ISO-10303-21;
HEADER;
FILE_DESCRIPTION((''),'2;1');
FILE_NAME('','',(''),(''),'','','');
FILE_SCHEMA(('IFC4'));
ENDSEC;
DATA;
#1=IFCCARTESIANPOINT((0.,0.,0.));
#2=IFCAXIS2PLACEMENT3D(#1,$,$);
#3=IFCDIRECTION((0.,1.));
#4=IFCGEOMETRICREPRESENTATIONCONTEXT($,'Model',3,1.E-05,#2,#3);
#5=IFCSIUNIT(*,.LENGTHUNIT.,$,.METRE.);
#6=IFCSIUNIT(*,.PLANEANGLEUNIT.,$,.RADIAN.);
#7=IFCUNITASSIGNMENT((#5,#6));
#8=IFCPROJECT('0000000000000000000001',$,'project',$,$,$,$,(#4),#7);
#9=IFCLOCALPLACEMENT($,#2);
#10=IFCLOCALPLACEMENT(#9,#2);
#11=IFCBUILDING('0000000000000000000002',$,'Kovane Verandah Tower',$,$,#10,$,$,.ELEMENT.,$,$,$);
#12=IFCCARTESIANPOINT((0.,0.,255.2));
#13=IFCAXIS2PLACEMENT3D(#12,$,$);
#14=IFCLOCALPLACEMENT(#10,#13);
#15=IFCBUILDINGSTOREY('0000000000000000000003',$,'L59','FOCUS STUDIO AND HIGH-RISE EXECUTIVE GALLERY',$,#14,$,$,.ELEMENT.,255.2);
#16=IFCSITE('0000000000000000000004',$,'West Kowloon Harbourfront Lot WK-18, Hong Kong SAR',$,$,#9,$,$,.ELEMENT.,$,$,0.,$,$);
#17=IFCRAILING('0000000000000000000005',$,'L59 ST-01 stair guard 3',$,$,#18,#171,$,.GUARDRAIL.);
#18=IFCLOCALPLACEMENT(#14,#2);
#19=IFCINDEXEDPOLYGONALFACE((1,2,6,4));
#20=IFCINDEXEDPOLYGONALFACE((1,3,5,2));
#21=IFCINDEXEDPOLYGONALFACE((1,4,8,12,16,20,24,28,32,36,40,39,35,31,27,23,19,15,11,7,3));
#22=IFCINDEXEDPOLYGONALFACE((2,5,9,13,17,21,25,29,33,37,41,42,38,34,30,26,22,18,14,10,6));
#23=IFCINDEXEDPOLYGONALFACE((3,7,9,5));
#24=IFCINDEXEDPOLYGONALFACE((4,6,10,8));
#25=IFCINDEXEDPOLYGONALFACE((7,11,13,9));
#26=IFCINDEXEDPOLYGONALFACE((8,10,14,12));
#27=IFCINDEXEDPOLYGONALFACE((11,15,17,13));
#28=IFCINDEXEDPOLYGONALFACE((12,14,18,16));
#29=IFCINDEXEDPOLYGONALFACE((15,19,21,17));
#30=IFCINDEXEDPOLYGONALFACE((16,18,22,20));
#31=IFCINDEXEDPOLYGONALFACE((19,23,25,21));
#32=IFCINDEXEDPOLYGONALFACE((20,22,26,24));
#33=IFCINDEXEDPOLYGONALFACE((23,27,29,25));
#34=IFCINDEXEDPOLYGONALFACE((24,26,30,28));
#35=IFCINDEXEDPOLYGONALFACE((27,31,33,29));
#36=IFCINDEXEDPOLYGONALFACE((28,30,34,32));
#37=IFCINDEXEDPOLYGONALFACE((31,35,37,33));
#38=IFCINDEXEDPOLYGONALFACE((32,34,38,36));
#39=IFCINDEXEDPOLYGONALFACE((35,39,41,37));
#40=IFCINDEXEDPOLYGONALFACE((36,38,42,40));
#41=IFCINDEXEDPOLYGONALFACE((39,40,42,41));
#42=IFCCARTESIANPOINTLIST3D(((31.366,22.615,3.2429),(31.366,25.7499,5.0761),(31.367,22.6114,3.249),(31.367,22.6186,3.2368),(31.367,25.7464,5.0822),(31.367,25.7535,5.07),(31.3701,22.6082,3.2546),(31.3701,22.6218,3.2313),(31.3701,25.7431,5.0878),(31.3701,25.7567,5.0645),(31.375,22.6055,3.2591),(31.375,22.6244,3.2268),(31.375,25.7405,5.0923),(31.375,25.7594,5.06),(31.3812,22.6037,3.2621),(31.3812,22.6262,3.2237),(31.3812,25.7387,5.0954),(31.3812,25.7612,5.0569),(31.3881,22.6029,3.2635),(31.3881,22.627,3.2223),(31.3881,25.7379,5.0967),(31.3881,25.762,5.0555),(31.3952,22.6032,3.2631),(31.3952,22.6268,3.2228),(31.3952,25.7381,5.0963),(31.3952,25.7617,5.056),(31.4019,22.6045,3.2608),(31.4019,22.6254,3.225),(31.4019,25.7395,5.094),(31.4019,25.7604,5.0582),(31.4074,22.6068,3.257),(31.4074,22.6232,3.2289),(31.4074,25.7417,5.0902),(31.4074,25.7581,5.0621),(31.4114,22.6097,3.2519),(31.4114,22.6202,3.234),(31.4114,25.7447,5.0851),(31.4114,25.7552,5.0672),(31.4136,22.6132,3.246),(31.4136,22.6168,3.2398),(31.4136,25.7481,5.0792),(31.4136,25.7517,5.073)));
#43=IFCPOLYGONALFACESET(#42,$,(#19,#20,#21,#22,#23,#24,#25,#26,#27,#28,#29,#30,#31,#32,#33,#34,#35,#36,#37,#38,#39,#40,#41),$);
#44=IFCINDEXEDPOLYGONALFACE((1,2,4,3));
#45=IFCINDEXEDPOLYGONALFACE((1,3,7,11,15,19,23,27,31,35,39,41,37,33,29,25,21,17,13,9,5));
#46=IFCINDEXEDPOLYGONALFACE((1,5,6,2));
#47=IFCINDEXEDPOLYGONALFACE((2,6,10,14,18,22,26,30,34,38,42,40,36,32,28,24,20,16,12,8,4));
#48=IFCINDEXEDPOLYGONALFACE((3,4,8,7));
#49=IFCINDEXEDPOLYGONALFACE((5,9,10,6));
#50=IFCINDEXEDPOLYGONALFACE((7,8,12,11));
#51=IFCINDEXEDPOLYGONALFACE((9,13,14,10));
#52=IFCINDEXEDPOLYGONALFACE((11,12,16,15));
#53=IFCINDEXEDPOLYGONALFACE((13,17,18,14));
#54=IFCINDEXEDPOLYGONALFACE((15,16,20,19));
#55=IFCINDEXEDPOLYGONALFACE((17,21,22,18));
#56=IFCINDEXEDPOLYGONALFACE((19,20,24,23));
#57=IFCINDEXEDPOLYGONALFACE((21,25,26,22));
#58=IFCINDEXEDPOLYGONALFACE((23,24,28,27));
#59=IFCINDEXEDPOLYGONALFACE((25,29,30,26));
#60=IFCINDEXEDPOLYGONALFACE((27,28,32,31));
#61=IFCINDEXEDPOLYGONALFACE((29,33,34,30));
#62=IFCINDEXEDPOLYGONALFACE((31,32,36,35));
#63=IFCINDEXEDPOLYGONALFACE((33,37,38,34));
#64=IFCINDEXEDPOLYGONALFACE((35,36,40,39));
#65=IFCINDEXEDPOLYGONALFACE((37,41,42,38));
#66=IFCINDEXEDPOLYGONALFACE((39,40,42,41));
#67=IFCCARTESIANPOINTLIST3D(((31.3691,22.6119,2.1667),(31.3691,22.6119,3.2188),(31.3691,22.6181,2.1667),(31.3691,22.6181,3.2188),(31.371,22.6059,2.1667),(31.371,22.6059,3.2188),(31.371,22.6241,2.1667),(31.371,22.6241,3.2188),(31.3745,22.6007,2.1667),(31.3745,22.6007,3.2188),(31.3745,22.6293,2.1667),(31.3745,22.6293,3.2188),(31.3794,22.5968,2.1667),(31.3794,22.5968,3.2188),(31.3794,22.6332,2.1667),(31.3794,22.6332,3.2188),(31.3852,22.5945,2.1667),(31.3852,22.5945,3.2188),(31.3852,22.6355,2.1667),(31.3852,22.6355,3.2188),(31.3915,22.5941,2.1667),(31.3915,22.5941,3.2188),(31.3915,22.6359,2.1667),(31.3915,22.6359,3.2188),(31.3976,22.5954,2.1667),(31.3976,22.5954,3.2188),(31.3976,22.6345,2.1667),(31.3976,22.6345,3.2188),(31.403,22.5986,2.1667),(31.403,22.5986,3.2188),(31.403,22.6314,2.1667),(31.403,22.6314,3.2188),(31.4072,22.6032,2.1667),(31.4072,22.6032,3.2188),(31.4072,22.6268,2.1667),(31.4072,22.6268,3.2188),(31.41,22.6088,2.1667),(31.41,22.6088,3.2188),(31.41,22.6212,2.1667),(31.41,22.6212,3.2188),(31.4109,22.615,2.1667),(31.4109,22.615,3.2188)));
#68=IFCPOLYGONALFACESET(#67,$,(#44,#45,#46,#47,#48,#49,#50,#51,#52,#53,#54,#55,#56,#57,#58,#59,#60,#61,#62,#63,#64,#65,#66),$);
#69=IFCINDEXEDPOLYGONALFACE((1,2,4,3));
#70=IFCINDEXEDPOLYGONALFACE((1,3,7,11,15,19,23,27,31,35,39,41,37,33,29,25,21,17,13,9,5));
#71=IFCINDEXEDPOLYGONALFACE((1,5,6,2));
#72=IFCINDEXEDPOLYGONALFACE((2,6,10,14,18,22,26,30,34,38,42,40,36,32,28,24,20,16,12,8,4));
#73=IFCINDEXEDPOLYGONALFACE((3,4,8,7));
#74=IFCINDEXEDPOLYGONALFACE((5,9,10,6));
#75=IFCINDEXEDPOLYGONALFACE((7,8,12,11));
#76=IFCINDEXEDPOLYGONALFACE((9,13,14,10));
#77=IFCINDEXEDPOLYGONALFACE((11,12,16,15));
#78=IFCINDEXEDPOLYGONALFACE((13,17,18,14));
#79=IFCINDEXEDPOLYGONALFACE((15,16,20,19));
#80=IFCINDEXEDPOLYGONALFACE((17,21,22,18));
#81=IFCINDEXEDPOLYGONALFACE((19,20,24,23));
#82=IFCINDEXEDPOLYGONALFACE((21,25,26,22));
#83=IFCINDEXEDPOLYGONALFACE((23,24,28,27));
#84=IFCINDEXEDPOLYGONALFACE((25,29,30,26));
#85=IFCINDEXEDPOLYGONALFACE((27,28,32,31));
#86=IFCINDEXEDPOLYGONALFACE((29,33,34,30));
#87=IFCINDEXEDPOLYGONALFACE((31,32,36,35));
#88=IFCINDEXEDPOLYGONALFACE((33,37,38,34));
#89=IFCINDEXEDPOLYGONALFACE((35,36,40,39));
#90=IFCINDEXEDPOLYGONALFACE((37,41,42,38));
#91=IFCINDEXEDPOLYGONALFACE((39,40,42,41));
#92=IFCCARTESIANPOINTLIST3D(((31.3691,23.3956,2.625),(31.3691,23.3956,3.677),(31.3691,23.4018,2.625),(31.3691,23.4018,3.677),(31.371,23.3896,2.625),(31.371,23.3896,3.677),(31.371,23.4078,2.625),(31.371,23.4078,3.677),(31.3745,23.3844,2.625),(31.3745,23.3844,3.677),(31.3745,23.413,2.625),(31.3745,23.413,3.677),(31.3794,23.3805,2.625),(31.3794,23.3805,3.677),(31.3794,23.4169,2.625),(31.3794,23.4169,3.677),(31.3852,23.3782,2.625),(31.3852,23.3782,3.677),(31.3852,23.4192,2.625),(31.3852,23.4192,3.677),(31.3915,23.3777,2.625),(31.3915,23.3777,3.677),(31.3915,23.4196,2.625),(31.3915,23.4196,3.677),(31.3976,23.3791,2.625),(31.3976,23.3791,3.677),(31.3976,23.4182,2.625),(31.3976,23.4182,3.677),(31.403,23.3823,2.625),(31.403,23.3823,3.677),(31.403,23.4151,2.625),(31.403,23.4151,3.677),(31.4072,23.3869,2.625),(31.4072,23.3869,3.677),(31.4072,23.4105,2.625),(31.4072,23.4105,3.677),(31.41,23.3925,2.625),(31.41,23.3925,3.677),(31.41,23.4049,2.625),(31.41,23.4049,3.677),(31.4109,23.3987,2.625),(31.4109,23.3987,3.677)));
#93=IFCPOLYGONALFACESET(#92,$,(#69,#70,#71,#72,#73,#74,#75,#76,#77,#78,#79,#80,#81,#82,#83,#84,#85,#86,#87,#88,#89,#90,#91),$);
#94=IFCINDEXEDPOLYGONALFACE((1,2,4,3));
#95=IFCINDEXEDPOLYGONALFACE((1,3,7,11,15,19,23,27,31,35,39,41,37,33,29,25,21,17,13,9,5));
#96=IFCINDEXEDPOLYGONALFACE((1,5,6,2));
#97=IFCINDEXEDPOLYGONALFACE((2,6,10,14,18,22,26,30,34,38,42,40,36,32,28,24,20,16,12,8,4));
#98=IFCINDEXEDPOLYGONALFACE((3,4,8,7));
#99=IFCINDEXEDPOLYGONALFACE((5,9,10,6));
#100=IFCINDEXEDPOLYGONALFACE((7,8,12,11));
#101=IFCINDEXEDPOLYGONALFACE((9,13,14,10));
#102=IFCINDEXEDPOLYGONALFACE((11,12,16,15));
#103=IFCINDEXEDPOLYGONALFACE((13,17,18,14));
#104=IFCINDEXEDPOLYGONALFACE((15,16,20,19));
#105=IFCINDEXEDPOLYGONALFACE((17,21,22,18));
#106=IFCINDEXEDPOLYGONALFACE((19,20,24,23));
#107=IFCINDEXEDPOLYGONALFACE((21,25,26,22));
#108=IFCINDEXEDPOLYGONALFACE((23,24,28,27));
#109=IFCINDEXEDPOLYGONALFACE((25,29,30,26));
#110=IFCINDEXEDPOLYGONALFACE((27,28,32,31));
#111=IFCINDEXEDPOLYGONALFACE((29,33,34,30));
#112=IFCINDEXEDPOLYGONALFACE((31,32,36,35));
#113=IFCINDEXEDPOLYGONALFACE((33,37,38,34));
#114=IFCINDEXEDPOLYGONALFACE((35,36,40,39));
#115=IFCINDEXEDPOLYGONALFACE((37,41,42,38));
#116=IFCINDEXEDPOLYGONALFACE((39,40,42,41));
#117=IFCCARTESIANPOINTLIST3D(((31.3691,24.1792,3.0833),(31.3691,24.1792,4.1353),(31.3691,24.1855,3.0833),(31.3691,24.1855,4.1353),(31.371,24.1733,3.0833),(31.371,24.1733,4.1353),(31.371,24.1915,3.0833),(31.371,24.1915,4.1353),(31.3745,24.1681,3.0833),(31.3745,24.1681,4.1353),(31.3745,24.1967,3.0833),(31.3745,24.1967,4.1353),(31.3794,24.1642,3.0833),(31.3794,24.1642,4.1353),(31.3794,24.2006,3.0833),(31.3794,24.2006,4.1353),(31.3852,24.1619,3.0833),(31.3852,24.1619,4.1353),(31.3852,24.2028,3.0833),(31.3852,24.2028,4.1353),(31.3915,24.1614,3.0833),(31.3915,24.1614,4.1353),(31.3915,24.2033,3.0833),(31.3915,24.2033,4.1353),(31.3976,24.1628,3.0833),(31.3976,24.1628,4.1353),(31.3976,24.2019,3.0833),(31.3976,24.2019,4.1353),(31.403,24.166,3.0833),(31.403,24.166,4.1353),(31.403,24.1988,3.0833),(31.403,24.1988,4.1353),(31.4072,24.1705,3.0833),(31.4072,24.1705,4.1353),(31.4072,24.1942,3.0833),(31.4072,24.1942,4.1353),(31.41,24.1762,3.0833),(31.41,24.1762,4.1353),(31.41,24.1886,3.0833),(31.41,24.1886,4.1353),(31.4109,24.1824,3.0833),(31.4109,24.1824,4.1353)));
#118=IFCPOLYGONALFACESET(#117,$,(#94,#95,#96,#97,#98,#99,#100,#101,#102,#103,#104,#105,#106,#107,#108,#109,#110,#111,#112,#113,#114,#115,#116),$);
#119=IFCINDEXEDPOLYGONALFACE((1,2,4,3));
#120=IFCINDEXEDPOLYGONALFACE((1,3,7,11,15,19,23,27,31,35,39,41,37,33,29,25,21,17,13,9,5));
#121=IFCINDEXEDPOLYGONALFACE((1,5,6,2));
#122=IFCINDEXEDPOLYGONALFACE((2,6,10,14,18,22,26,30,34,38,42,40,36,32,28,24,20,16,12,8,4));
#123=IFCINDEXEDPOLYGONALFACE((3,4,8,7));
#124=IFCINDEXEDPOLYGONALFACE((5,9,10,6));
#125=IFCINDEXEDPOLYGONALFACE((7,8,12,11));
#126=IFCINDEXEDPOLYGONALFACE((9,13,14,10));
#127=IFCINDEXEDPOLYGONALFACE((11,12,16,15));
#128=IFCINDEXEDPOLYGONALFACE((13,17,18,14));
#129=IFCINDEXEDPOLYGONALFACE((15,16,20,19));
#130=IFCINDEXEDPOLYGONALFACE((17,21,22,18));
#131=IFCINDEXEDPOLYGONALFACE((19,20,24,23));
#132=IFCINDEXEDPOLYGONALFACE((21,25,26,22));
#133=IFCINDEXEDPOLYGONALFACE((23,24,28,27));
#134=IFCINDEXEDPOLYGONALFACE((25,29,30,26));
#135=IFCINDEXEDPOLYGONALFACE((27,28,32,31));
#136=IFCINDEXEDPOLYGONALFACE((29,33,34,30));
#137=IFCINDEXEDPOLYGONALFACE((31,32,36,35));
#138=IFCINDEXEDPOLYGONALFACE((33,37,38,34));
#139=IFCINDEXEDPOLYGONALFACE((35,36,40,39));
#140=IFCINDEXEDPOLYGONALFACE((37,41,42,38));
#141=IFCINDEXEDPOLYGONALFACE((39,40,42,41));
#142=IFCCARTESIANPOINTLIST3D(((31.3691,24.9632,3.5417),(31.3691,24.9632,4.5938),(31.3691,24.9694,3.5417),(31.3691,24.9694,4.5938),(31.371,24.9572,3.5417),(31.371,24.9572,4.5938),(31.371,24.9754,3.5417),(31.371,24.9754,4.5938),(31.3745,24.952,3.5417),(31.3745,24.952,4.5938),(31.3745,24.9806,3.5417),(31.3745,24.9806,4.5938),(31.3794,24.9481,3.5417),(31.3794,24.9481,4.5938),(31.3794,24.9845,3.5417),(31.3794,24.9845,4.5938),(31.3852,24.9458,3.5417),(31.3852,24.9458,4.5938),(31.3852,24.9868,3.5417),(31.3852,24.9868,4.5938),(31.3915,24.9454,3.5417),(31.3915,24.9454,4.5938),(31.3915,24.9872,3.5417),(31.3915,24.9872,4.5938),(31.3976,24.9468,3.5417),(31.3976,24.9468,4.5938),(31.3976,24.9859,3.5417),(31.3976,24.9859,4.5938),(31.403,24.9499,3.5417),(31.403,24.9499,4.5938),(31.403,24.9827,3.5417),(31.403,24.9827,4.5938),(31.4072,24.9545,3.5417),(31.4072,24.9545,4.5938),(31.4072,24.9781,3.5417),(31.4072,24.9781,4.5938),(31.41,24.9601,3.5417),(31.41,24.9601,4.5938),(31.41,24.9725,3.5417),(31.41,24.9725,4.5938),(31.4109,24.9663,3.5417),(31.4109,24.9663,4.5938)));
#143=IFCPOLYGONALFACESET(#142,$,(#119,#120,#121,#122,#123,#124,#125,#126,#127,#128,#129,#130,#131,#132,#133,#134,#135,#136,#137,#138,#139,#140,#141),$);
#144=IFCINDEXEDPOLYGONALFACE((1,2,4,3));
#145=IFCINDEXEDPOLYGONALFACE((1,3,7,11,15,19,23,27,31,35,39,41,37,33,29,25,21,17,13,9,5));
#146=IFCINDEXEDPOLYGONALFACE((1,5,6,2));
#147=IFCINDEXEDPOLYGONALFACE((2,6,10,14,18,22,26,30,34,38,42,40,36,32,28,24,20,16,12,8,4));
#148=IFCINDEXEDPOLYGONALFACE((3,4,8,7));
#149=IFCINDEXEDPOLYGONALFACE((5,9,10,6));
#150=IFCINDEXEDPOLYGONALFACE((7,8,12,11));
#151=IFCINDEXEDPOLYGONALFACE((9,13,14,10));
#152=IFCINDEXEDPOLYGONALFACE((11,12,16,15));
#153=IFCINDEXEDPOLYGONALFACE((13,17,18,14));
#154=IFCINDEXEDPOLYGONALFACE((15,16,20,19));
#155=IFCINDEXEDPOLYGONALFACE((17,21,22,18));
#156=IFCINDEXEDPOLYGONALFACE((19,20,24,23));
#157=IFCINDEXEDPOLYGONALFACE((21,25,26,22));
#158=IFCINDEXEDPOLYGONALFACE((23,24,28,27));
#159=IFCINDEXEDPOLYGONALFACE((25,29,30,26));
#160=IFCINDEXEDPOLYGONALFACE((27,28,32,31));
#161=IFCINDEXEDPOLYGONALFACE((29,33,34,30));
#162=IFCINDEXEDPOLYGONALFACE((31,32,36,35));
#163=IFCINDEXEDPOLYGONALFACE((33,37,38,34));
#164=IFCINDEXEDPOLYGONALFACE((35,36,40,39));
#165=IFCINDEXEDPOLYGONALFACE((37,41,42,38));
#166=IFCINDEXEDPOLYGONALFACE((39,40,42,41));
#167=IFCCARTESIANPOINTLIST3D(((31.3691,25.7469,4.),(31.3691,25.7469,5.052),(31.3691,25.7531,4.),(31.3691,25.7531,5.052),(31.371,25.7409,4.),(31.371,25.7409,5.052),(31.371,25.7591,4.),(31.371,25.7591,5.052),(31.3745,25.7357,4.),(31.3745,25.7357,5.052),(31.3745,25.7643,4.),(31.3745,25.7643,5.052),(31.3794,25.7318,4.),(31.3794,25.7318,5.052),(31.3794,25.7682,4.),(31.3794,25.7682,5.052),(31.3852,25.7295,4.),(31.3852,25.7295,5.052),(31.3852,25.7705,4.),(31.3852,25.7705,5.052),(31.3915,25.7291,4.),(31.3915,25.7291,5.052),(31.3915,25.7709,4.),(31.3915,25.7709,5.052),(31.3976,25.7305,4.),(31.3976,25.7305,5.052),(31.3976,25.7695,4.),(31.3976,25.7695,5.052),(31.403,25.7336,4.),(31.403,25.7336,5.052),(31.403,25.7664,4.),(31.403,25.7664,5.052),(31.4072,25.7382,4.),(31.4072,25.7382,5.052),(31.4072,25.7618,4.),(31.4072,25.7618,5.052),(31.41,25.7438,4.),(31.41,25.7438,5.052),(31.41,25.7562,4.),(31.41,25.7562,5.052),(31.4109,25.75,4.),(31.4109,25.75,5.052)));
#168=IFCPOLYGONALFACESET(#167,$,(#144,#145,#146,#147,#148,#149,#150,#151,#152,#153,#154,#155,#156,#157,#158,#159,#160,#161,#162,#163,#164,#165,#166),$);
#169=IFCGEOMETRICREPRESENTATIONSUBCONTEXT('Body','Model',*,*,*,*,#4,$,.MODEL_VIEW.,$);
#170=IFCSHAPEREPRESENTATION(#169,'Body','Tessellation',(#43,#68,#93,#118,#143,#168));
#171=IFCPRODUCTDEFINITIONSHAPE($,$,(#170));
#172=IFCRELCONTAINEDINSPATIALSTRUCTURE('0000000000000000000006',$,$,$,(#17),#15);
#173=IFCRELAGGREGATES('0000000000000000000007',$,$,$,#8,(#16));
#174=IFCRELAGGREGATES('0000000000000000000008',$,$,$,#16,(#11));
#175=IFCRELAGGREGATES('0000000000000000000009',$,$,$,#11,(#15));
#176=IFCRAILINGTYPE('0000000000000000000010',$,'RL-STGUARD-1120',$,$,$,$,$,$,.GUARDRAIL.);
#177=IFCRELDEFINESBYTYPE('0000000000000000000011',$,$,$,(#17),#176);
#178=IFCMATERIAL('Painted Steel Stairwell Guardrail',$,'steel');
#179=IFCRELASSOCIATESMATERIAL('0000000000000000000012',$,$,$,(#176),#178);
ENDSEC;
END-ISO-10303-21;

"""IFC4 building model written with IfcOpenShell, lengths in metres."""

from ifc_helpers import new_model, si_unit, direction, frame, origin, origin_2d, place, context, subcontext, project, spatial, circle, extrude, material, type_object, element, save


model = new_model("IFC4")

# Units and contexts
model_context = context("Model", 3, precision=1e-05, world=origin(), true_north=direction((0.0, 1.0)))
body_context = subcontext(model_context, "Body", "Model", "MODEL_VIEW")
ifc_project = project(units=[si_unit("LENGTHUNIT", "METRE"), si_unit("PLANEANGLEUNIT", "RADIAN")], contexts=[model_context])

# Site, building, storey
site_placement = place(None, origin())
site = spatial("IfcSite", under=ifc_project, at=site_placement, Name="West Kowloon Harbourfront Lot WK-18, Hong Kong SAR", CompositionType="ELEMENT", RefElevation=0.0)
building_placement = place(site_placement, origin())
building = spatial("IfcBuilding", under=site, at=building_placement, Name="Kovane Verandah Tower", CompositionType="ELEMENT")
storey_placement = place(building_placement, frame((0.0, 0.0, 255.2)))
storey = spatial("IfcBuildingStorey", under=building, at=storey_placement, Name="L59", Description="FOCUS STUDIO AND HIGH-RISE EXECUTIVE GALLERY", CompositionType="ELEMENT", Elevation=255.2)

# Railing
ifc_material_1 = material(Name="Painted Steel Stairwell Guardrail", Category="steel")
railing_type_1 = type_object("IfcRailingType", Name="RL-STGUARD-1120", PredefinedType="GUARDRAIL", material=ifc_material_1)
railing_1_placement = place(storey_placement, frame((31.3899, 22.615, 2.1667)))
element("IfcRailing", 1, at=railing_1_placement, inside=storey, type_object=railing_type_1, Name="L59 ST-01 stair guard 3", PredefinedType="GUARDRAIL", context=body_context, shape_type="SweptSolid", body=[
    extrude(circle(Radius=0.0239, at=origin_2d()), frame((0.0, 0.0, 1.0762), z_axis=(0.0, 0.86324, 0.504794), x_axis=(-1.0, 0.0, 0.0)), (0.0, 0.0, 1.0), 3.6316),
    extrude(circle(Radius=0.021, at=origin_2d()), origin(), (0.0, 0.0, 1.0), 1.052),
    extrude(circle(Radius=0.021, at=origin_2d()), frame((0.0, 0.7837, 0.4583)), (0.0, 0.0, 1.0), 1.052),
    extrude(circle(Radius=0.021, at=origin_2d()), frame((0.0, 1.5674, 0.9165)), (0.0, 0.0, 1.0), 1.052),
    extrude(circle(Radius=0.021, at=origin_2d()), frame((0.0, 2.3513, 1.375)), (0.0, 0.0, 1.0), 1.052),
    extrude(circle(Radius=0.021, at=origin_2d()), frame((0.0, 3.135, 1.8333)), (0.0, 0.0, 1.0), 1.052),
])

save(model, "model.ifc")
